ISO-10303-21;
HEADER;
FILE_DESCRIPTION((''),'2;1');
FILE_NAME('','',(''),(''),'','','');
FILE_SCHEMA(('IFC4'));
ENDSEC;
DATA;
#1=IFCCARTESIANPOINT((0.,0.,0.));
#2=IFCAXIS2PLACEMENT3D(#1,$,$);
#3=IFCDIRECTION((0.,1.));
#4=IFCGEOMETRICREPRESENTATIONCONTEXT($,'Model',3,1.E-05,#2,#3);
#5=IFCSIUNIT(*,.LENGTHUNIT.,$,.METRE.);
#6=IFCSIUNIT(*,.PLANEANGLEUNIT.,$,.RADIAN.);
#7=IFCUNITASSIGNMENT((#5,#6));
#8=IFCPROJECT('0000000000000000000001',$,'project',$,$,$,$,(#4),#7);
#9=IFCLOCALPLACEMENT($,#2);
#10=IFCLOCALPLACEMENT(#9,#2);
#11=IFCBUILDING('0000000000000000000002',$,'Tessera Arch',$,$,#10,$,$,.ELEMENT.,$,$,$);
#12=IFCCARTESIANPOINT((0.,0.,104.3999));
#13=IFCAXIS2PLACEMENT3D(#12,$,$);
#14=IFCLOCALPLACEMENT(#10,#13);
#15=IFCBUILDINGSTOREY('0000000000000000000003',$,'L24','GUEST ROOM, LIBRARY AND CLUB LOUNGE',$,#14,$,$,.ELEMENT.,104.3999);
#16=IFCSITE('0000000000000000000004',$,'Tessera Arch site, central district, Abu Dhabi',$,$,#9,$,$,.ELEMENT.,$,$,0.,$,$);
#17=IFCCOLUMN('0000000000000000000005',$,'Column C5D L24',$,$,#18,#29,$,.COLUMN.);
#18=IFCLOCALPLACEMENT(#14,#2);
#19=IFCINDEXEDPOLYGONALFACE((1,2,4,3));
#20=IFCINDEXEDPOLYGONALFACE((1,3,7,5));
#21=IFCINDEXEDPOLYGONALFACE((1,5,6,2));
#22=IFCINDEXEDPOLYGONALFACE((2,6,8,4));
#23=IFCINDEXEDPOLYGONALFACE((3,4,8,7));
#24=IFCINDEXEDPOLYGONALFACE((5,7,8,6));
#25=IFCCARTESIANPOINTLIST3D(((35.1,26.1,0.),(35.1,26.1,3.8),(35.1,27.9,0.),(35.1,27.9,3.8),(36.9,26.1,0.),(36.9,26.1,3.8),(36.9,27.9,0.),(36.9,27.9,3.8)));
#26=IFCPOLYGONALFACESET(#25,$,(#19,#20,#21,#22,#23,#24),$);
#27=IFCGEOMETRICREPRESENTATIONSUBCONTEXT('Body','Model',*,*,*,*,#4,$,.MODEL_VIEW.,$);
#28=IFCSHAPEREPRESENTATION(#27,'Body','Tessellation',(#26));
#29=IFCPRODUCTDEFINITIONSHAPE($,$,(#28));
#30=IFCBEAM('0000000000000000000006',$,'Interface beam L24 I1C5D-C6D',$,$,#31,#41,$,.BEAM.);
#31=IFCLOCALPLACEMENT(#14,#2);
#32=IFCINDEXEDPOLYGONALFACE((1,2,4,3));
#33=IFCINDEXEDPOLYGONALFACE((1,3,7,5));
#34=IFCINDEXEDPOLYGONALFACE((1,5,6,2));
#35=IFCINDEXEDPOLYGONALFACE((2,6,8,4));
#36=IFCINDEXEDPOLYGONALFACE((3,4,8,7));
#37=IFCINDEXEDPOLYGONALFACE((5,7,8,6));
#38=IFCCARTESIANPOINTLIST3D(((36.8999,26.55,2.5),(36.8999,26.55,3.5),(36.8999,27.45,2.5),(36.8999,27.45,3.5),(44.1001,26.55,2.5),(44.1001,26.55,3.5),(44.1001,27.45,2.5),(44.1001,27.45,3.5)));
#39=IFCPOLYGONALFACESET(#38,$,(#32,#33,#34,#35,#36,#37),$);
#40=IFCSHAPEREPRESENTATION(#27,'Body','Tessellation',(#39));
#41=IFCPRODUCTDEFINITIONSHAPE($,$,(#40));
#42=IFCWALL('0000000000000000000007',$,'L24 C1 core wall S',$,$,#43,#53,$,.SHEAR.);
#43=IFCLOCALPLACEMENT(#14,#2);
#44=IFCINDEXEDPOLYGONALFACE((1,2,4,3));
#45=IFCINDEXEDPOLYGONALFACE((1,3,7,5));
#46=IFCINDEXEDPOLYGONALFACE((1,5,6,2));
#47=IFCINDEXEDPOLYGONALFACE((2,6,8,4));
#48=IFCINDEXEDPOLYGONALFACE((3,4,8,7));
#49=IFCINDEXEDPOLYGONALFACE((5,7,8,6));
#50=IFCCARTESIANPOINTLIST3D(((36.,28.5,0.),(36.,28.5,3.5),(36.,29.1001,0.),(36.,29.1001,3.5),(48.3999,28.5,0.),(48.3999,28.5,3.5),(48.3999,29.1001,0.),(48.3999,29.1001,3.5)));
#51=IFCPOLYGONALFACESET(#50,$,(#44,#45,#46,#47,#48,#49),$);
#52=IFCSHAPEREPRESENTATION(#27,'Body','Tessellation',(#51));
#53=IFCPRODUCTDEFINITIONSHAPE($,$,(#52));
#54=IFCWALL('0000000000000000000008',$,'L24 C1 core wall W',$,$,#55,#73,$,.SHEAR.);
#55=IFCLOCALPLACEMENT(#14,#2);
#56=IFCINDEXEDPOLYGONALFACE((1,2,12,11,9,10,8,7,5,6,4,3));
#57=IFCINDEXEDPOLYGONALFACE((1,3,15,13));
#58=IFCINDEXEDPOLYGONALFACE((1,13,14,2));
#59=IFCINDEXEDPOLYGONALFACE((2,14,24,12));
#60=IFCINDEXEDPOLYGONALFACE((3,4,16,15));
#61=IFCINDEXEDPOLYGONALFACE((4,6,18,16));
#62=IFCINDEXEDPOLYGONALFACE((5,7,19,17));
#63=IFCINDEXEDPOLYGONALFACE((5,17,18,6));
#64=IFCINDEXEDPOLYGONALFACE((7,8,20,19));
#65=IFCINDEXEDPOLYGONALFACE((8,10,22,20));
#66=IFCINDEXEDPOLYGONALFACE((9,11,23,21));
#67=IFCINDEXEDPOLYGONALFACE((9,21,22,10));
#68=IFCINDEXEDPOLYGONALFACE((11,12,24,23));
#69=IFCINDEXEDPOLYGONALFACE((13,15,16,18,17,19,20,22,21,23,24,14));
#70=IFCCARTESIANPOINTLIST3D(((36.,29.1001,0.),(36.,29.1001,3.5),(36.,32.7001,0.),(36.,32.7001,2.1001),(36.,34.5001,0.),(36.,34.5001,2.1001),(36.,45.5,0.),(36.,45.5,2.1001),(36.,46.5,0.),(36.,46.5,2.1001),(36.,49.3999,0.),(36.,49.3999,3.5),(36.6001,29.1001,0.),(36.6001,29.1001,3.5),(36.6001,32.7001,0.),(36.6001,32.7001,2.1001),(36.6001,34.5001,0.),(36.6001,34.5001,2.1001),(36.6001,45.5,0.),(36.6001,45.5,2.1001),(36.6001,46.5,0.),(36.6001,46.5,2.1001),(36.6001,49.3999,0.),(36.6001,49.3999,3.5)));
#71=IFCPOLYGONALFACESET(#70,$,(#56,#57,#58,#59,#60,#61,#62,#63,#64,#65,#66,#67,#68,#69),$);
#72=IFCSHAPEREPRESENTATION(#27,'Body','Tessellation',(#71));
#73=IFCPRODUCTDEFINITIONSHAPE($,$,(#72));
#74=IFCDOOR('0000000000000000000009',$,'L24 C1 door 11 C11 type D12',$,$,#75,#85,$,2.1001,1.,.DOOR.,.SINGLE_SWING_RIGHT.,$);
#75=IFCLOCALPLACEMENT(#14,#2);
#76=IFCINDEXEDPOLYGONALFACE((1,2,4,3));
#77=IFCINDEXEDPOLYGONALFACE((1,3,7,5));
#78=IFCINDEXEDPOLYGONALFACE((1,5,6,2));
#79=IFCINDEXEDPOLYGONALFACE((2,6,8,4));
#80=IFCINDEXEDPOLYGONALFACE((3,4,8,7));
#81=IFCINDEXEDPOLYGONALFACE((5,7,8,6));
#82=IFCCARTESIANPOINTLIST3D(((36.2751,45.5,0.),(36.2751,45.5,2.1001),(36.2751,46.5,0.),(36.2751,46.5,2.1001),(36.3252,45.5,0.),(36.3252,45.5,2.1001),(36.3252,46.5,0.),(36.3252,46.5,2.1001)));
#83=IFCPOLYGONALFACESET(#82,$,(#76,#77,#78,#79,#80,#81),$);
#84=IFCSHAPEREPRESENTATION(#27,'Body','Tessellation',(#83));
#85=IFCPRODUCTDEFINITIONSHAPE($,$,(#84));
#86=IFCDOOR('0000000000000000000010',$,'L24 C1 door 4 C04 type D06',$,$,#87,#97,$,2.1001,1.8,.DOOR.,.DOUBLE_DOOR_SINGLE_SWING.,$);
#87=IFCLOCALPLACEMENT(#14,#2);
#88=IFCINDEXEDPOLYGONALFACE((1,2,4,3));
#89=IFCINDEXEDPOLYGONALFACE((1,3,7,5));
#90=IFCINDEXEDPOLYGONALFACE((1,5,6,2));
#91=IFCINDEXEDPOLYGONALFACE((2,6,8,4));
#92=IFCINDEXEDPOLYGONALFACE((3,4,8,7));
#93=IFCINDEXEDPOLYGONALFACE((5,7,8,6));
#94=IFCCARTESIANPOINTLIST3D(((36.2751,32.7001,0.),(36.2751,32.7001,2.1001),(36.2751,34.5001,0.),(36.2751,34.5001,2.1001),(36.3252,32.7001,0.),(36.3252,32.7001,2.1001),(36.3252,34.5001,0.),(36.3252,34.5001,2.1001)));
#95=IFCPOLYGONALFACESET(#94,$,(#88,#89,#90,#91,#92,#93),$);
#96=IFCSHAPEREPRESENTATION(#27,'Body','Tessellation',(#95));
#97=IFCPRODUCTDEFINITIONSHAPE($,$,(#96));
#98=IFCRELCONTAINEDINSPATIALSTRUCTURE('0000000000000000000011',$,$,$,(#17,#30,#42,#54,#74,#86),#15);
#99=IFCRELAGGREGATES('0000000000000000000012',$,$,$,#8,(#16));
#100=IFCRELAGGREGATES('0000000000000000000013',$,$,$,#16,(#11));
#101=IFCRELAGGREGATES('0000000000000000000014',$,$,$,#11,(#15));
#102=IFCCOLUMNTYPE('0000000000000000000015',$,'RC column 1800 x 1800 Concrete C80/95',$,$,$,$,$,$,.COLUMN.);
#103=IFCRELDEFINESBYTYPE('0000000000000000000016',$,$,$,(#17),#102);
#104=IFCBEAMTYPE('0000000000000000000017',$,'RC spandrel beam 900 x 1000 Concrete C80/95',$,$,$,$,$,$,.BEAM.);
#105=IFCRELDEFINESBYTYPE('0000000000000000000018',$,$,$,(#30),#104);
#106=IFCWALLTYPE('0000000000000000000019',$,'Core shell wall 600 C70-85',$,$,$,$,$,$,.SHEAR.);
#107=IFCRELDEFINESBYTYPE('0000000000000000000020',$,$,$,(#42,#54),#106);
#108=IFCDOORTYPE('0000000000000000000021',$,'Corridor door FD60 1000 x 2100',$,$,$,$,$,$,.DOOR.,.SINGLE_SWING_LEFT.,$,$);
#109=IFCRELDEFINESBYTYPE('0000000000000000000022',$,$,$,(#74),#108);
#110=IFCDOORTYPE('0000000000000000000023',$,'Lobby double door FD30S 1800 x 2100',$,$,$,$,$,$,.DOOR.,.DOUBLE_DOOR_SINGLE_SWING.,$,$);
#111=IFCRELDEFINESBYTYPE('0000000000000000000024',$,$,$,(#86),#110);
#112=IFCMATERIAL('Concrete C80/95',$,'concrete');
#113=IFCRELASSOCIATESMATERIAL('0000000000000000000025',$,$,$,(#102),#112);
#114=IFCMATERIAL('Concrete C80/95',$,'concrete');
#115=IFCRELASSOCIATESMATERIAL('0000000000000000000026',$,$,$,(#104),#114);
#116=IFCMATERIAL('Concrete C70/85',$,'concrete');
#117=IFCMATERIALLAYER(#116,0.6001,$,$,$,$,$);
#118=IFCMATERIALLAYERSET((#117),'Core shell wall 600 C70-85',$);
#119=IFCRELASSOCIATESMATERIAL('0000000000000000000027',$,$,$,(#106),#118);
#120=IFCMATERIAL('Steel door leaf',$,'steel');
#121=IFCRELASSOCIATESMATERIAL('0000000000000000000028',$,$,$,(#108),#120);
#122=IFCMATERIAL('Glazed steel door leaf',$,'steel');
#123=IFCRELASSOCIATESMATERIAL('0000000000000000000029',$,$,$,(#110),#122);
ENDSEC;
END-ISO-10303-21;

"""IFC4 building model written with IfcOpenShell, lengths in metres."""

from ifc_helpers import new_model, si_unit, direction, frame, frame_2d, origin, origin_2d, place, context, subcontext, project, spatial, rectangle, extrude, material, layer, layer_set, material_profile, profile_set, type_object, element, fill, save


model = new_model("IFC4")

# Units and contexts
model_context = context("Model", 3, precision=1e-05, world=origin(), true_north=direction((0.0, 1.0)))
body_context = subcontext(model_context, "Body", "Model", "MODEL_VIEW")
ifc_project = project(units=[si_unit("LENGTHUNIT", "METRE"), si_unit("PLANEANGLEUNIT", "RADIAN")], contexts=[model_context])

# Site, building, storey
site_placement = place(None, origin())
site = spatial("IfcSite", under=ifc_project, at=site_placement, Name="Tessera Arch site, central district, Abu Dhabi", CompositionType="ELEMENT", RefElevation=0.0)
building_placement = place(site_placement, origin())
building = spatial("IfcBuilding", under=site, at=building_placement, Name="Tessera Arch", CompositionType="ELEMENT")
storey_placement = place(building_placement, frame((0.0, 0.0, 104.3999)))
storey = spatial("IfcBuildingStorey", under=building, at=storey_placement, Name="L24", Description="GUEST ROOM, LIBRARY AND CLUB LOUNGE", CompositionType="ELEMENT", Elevation=104.3999)

# Column
ifc_material_1 = material(Name="Concrete C80/95", Category="concrete")
ifc_material_profile_1 = material_profile(ifc_material_1, rectangle(XDim=1.8, YDim=1.8, at=origin_2d()), Name="RC column 1800 x 1800 Concrete C80/95")
ifc_profile_set_1 = profile_set([ifc_material_profile_1], Name="Concrete C80/95")
column_type = type_object("IfcColumnType", Name="RC column 1800 x 1800 Concrete C80/95", PredefinedType="COLUMN", material=ifc_profile_set_1)
column_placement = place(storey_placement, frame((36.0, 27.0, 0.0), z_axis=(0.0, 0.0, 1.0), x_axis=(1.0, 0.0, 0.0)))
element("IfcColumn", 1, at=column_placement, inside=storey, type_object=column_type, Name="Column C5D L24", PredefinedType="COLUMN", context=body_context, shape_type="SweptSolid", body=[
    extrude(rectangle(XDim=1.8, YDim=1.8, at=origin_2d()), origin(), (0.0, 0.0, 1.0), 3.8),
])

# Beam
ifc_material_2 = material(Name="Concrete C80/95", Category="concrete")
ifc_material_profile_2 = material_profile(ifc_material_2, rectangle(XDim=0.8999, YDim=1.0, at=origin_2d()), Name="RC spandrel beam 900 x 1000 Concrete C80/95")
ifc_profile_set_2 = profile_set([ifc_material_profile_2], Name="Concrete C80/95")
beam_type = type_object("IfcBeamType", Name="RC spandrel beam 900 x 1000 Concrete C80/95", PredefinedType="BEAM", material=ifc_profile_set_2)
beam_placement = place(storey_placement, frame((36.8999, 27.0, 3.0), z_axis=(1.0, 0.0, 0.0), x_axis=(0.0, 1.0, 0.0)))
element("IfcBeam", 2, at=beam_placement, inside=storey, type_object=beam_type, Name="Interface beam L24 I1C5D-C6D", PredefinedType="BEAM", context=body_context, shape_type="SweptSolid", body=[
    extrude(rectangle(XDim=0.8999, YDim=1.0, at=origin_2d()), origin(), (0.0, 0.0, 1.0), 7.2002),
])

# Wall
ifc_material_3 = material(Name="Concrete C70/85", Category="concrete")
ifc_layer_1 = layer(ifc_material_3, 0.6001)
ifc_layer_set_1 = layer_set([ifc_layer_1], Name="Core shell wall 600 C70-85")
wall_type_1 = type_object("IfcWallType", Name="Core shell wall 600 C70-85", PredefinedType="SHEAR", material=ifc_layer_set_1)
wall_1_placement = place(storey_placement, frame((36.0, 28.8, 0.0), z_axis=(0.0, 0.0, 1.0), x_axis=(1.0, 0.0, 0.0)))
element("IfcWall", 3, at=wall_1_placement, inside=storey, type_object=wall_type_1, Name="L24 C1 core wall S", PredefinedType="SHEAR", context=body_context, shape_type="SweptSolid", body=[
    extrude(rectangle(XDim=12.3999, YDim=0.6001, at=frame_2d((6.2, 0.0))), origin(), (0.0, 0.0, 1.0), 3.5),
])

# Wall, openings, doors
wall_2_placement = place(storey_placement, frame((36.3, 29.1001, 0.0), z_axis=(0.0, 0.0, 1.0), x_axis=(0.0, 1.0, 0.0)))
wall_2 = element("IfcWall", 4, at=wall_2_placement, inside=storey, type_object=wall_type_1, Name="L24 C1 core wall W", PredefinedType="SHEAR", context=body_context, shape_type="SweptSolid", body=[
    extrude(rectangle(XDim=20.2998, YDim=0.6001, at=frame_2d((10.1499, 0.0))), origin(), (0.0, 0.0, 1.0), 3.5),
])
opening_1_placement = place(wall_2_placement, frame((3.6001, 0.0, 0.0)))
opening_1 = element("IfcOpeningElement", 5, at=opening_1_placement, cuts=wall_2, PredefinedType="OPENING", context=body_context, shape_type="SweptSolid", body=[
    extrude(rectangle(XDim=1.8, YDim=2.1001, at=frame_2d((0.8999, 1.05))), frame((0.0, 0.3101, 0.0), z_axis=(0.0, -1.0, 0.0), x_axis=(1.0, 0.0, 0.0)), (0.0, 0.0, 1.0), 0.6201),
])
opening_2_placement = place(wall_2_placement, frame((16.3999, 0.0, 0.0)))
opening_2 = element("IfcOpeningElement", 6, at=opening_2_placement, cuts=wall_2, PredefinedType="OPENING", context=body_context, shape_type="SweptSolid", body=[
    extrude(rectangle(XDim=1.0, YDim=2.1001, at=frame_2d((0.5, 1.05))), frame((0.0, 0.3101, 0.0), z_axis=(0.0, -1.0, 0.0), x_axis=(1.0, 0.0, 0.0)), (0.0, 0.0, 1.0), 0.6201),
])
ifc_material_4 = material(Name="Steel door leaf", Category="steel")
door_type_1 = type_object("IfcDoorType", Name="Corridor door FD60 1000 x 2100", OperationType="SINGLE_SWING_LEFT", PredefinedType="DOOR", material=ifc_material_4)
door_1_placement = place(opening_2_placement, origin())
door_1 = element("IfcDoor", 7, at=door_1_placement, inside=storey, type_object=door_type_1, Name="L24 C1 door 11 C11 type D12", OperationType="SINGLE_SWING_RIGHT", OverallHeight=2.1001, OverallWidth=1.0, PredefinedType="DOOR", context=body_context, shape_type="SweptSolid", body=[
    extrude(rectangle(XDim=1.0, YDim=2.1001, at=frame_2d((0.5, 1.05))), frame((0.0, 0.0249, 0.0), z_axis=(0.0, -1.0, 0.0), x_axis=(1.0, 0.0, 0.0)), (0.0, 0.0, 1.0), 0.05),
])
fill(opening_2, door_1)
ifc_material_5 = material(Name="Glazed steel door leaf", Category="steel")
door_type_2 = type_object("IfcDoorType", Name="Lobby double door FD30S 1800 x 2100", OperationType="DOUBLE_DOOR_SINGLE_SWING", PredefinedType="DOOR", material=ifc_material_5)
door_2_placement = place(opening_1_placement, origin())
door_2 = element("IfcDoor", 8, at=door_2_placement, inside=storey, type_object=door_type_2, Name="L24 C1 door 4 C04 type D06", OperationType="DOUBLE_DOOR_SINGLE_SWING", OverallHeight=2.1001, OverallWidth=1.8, PredefinedType="DOOR", context=body_context, shape_type="SweptSolid", body=[
    extrude(rectangle(XDim=1.8, YDim=2.1001, at=frame_2d((0.8999, 1.05))), frame((0.0, 0.0249, 0.0), z_axis=(0.0, -1.0, 0.0), x_axis=(1.0, 0.0, 0.0)), (0.0, 0.0, 1.0), 0.05),
])
fill(opening_1, door_2)

save(model, "model.ifc")
